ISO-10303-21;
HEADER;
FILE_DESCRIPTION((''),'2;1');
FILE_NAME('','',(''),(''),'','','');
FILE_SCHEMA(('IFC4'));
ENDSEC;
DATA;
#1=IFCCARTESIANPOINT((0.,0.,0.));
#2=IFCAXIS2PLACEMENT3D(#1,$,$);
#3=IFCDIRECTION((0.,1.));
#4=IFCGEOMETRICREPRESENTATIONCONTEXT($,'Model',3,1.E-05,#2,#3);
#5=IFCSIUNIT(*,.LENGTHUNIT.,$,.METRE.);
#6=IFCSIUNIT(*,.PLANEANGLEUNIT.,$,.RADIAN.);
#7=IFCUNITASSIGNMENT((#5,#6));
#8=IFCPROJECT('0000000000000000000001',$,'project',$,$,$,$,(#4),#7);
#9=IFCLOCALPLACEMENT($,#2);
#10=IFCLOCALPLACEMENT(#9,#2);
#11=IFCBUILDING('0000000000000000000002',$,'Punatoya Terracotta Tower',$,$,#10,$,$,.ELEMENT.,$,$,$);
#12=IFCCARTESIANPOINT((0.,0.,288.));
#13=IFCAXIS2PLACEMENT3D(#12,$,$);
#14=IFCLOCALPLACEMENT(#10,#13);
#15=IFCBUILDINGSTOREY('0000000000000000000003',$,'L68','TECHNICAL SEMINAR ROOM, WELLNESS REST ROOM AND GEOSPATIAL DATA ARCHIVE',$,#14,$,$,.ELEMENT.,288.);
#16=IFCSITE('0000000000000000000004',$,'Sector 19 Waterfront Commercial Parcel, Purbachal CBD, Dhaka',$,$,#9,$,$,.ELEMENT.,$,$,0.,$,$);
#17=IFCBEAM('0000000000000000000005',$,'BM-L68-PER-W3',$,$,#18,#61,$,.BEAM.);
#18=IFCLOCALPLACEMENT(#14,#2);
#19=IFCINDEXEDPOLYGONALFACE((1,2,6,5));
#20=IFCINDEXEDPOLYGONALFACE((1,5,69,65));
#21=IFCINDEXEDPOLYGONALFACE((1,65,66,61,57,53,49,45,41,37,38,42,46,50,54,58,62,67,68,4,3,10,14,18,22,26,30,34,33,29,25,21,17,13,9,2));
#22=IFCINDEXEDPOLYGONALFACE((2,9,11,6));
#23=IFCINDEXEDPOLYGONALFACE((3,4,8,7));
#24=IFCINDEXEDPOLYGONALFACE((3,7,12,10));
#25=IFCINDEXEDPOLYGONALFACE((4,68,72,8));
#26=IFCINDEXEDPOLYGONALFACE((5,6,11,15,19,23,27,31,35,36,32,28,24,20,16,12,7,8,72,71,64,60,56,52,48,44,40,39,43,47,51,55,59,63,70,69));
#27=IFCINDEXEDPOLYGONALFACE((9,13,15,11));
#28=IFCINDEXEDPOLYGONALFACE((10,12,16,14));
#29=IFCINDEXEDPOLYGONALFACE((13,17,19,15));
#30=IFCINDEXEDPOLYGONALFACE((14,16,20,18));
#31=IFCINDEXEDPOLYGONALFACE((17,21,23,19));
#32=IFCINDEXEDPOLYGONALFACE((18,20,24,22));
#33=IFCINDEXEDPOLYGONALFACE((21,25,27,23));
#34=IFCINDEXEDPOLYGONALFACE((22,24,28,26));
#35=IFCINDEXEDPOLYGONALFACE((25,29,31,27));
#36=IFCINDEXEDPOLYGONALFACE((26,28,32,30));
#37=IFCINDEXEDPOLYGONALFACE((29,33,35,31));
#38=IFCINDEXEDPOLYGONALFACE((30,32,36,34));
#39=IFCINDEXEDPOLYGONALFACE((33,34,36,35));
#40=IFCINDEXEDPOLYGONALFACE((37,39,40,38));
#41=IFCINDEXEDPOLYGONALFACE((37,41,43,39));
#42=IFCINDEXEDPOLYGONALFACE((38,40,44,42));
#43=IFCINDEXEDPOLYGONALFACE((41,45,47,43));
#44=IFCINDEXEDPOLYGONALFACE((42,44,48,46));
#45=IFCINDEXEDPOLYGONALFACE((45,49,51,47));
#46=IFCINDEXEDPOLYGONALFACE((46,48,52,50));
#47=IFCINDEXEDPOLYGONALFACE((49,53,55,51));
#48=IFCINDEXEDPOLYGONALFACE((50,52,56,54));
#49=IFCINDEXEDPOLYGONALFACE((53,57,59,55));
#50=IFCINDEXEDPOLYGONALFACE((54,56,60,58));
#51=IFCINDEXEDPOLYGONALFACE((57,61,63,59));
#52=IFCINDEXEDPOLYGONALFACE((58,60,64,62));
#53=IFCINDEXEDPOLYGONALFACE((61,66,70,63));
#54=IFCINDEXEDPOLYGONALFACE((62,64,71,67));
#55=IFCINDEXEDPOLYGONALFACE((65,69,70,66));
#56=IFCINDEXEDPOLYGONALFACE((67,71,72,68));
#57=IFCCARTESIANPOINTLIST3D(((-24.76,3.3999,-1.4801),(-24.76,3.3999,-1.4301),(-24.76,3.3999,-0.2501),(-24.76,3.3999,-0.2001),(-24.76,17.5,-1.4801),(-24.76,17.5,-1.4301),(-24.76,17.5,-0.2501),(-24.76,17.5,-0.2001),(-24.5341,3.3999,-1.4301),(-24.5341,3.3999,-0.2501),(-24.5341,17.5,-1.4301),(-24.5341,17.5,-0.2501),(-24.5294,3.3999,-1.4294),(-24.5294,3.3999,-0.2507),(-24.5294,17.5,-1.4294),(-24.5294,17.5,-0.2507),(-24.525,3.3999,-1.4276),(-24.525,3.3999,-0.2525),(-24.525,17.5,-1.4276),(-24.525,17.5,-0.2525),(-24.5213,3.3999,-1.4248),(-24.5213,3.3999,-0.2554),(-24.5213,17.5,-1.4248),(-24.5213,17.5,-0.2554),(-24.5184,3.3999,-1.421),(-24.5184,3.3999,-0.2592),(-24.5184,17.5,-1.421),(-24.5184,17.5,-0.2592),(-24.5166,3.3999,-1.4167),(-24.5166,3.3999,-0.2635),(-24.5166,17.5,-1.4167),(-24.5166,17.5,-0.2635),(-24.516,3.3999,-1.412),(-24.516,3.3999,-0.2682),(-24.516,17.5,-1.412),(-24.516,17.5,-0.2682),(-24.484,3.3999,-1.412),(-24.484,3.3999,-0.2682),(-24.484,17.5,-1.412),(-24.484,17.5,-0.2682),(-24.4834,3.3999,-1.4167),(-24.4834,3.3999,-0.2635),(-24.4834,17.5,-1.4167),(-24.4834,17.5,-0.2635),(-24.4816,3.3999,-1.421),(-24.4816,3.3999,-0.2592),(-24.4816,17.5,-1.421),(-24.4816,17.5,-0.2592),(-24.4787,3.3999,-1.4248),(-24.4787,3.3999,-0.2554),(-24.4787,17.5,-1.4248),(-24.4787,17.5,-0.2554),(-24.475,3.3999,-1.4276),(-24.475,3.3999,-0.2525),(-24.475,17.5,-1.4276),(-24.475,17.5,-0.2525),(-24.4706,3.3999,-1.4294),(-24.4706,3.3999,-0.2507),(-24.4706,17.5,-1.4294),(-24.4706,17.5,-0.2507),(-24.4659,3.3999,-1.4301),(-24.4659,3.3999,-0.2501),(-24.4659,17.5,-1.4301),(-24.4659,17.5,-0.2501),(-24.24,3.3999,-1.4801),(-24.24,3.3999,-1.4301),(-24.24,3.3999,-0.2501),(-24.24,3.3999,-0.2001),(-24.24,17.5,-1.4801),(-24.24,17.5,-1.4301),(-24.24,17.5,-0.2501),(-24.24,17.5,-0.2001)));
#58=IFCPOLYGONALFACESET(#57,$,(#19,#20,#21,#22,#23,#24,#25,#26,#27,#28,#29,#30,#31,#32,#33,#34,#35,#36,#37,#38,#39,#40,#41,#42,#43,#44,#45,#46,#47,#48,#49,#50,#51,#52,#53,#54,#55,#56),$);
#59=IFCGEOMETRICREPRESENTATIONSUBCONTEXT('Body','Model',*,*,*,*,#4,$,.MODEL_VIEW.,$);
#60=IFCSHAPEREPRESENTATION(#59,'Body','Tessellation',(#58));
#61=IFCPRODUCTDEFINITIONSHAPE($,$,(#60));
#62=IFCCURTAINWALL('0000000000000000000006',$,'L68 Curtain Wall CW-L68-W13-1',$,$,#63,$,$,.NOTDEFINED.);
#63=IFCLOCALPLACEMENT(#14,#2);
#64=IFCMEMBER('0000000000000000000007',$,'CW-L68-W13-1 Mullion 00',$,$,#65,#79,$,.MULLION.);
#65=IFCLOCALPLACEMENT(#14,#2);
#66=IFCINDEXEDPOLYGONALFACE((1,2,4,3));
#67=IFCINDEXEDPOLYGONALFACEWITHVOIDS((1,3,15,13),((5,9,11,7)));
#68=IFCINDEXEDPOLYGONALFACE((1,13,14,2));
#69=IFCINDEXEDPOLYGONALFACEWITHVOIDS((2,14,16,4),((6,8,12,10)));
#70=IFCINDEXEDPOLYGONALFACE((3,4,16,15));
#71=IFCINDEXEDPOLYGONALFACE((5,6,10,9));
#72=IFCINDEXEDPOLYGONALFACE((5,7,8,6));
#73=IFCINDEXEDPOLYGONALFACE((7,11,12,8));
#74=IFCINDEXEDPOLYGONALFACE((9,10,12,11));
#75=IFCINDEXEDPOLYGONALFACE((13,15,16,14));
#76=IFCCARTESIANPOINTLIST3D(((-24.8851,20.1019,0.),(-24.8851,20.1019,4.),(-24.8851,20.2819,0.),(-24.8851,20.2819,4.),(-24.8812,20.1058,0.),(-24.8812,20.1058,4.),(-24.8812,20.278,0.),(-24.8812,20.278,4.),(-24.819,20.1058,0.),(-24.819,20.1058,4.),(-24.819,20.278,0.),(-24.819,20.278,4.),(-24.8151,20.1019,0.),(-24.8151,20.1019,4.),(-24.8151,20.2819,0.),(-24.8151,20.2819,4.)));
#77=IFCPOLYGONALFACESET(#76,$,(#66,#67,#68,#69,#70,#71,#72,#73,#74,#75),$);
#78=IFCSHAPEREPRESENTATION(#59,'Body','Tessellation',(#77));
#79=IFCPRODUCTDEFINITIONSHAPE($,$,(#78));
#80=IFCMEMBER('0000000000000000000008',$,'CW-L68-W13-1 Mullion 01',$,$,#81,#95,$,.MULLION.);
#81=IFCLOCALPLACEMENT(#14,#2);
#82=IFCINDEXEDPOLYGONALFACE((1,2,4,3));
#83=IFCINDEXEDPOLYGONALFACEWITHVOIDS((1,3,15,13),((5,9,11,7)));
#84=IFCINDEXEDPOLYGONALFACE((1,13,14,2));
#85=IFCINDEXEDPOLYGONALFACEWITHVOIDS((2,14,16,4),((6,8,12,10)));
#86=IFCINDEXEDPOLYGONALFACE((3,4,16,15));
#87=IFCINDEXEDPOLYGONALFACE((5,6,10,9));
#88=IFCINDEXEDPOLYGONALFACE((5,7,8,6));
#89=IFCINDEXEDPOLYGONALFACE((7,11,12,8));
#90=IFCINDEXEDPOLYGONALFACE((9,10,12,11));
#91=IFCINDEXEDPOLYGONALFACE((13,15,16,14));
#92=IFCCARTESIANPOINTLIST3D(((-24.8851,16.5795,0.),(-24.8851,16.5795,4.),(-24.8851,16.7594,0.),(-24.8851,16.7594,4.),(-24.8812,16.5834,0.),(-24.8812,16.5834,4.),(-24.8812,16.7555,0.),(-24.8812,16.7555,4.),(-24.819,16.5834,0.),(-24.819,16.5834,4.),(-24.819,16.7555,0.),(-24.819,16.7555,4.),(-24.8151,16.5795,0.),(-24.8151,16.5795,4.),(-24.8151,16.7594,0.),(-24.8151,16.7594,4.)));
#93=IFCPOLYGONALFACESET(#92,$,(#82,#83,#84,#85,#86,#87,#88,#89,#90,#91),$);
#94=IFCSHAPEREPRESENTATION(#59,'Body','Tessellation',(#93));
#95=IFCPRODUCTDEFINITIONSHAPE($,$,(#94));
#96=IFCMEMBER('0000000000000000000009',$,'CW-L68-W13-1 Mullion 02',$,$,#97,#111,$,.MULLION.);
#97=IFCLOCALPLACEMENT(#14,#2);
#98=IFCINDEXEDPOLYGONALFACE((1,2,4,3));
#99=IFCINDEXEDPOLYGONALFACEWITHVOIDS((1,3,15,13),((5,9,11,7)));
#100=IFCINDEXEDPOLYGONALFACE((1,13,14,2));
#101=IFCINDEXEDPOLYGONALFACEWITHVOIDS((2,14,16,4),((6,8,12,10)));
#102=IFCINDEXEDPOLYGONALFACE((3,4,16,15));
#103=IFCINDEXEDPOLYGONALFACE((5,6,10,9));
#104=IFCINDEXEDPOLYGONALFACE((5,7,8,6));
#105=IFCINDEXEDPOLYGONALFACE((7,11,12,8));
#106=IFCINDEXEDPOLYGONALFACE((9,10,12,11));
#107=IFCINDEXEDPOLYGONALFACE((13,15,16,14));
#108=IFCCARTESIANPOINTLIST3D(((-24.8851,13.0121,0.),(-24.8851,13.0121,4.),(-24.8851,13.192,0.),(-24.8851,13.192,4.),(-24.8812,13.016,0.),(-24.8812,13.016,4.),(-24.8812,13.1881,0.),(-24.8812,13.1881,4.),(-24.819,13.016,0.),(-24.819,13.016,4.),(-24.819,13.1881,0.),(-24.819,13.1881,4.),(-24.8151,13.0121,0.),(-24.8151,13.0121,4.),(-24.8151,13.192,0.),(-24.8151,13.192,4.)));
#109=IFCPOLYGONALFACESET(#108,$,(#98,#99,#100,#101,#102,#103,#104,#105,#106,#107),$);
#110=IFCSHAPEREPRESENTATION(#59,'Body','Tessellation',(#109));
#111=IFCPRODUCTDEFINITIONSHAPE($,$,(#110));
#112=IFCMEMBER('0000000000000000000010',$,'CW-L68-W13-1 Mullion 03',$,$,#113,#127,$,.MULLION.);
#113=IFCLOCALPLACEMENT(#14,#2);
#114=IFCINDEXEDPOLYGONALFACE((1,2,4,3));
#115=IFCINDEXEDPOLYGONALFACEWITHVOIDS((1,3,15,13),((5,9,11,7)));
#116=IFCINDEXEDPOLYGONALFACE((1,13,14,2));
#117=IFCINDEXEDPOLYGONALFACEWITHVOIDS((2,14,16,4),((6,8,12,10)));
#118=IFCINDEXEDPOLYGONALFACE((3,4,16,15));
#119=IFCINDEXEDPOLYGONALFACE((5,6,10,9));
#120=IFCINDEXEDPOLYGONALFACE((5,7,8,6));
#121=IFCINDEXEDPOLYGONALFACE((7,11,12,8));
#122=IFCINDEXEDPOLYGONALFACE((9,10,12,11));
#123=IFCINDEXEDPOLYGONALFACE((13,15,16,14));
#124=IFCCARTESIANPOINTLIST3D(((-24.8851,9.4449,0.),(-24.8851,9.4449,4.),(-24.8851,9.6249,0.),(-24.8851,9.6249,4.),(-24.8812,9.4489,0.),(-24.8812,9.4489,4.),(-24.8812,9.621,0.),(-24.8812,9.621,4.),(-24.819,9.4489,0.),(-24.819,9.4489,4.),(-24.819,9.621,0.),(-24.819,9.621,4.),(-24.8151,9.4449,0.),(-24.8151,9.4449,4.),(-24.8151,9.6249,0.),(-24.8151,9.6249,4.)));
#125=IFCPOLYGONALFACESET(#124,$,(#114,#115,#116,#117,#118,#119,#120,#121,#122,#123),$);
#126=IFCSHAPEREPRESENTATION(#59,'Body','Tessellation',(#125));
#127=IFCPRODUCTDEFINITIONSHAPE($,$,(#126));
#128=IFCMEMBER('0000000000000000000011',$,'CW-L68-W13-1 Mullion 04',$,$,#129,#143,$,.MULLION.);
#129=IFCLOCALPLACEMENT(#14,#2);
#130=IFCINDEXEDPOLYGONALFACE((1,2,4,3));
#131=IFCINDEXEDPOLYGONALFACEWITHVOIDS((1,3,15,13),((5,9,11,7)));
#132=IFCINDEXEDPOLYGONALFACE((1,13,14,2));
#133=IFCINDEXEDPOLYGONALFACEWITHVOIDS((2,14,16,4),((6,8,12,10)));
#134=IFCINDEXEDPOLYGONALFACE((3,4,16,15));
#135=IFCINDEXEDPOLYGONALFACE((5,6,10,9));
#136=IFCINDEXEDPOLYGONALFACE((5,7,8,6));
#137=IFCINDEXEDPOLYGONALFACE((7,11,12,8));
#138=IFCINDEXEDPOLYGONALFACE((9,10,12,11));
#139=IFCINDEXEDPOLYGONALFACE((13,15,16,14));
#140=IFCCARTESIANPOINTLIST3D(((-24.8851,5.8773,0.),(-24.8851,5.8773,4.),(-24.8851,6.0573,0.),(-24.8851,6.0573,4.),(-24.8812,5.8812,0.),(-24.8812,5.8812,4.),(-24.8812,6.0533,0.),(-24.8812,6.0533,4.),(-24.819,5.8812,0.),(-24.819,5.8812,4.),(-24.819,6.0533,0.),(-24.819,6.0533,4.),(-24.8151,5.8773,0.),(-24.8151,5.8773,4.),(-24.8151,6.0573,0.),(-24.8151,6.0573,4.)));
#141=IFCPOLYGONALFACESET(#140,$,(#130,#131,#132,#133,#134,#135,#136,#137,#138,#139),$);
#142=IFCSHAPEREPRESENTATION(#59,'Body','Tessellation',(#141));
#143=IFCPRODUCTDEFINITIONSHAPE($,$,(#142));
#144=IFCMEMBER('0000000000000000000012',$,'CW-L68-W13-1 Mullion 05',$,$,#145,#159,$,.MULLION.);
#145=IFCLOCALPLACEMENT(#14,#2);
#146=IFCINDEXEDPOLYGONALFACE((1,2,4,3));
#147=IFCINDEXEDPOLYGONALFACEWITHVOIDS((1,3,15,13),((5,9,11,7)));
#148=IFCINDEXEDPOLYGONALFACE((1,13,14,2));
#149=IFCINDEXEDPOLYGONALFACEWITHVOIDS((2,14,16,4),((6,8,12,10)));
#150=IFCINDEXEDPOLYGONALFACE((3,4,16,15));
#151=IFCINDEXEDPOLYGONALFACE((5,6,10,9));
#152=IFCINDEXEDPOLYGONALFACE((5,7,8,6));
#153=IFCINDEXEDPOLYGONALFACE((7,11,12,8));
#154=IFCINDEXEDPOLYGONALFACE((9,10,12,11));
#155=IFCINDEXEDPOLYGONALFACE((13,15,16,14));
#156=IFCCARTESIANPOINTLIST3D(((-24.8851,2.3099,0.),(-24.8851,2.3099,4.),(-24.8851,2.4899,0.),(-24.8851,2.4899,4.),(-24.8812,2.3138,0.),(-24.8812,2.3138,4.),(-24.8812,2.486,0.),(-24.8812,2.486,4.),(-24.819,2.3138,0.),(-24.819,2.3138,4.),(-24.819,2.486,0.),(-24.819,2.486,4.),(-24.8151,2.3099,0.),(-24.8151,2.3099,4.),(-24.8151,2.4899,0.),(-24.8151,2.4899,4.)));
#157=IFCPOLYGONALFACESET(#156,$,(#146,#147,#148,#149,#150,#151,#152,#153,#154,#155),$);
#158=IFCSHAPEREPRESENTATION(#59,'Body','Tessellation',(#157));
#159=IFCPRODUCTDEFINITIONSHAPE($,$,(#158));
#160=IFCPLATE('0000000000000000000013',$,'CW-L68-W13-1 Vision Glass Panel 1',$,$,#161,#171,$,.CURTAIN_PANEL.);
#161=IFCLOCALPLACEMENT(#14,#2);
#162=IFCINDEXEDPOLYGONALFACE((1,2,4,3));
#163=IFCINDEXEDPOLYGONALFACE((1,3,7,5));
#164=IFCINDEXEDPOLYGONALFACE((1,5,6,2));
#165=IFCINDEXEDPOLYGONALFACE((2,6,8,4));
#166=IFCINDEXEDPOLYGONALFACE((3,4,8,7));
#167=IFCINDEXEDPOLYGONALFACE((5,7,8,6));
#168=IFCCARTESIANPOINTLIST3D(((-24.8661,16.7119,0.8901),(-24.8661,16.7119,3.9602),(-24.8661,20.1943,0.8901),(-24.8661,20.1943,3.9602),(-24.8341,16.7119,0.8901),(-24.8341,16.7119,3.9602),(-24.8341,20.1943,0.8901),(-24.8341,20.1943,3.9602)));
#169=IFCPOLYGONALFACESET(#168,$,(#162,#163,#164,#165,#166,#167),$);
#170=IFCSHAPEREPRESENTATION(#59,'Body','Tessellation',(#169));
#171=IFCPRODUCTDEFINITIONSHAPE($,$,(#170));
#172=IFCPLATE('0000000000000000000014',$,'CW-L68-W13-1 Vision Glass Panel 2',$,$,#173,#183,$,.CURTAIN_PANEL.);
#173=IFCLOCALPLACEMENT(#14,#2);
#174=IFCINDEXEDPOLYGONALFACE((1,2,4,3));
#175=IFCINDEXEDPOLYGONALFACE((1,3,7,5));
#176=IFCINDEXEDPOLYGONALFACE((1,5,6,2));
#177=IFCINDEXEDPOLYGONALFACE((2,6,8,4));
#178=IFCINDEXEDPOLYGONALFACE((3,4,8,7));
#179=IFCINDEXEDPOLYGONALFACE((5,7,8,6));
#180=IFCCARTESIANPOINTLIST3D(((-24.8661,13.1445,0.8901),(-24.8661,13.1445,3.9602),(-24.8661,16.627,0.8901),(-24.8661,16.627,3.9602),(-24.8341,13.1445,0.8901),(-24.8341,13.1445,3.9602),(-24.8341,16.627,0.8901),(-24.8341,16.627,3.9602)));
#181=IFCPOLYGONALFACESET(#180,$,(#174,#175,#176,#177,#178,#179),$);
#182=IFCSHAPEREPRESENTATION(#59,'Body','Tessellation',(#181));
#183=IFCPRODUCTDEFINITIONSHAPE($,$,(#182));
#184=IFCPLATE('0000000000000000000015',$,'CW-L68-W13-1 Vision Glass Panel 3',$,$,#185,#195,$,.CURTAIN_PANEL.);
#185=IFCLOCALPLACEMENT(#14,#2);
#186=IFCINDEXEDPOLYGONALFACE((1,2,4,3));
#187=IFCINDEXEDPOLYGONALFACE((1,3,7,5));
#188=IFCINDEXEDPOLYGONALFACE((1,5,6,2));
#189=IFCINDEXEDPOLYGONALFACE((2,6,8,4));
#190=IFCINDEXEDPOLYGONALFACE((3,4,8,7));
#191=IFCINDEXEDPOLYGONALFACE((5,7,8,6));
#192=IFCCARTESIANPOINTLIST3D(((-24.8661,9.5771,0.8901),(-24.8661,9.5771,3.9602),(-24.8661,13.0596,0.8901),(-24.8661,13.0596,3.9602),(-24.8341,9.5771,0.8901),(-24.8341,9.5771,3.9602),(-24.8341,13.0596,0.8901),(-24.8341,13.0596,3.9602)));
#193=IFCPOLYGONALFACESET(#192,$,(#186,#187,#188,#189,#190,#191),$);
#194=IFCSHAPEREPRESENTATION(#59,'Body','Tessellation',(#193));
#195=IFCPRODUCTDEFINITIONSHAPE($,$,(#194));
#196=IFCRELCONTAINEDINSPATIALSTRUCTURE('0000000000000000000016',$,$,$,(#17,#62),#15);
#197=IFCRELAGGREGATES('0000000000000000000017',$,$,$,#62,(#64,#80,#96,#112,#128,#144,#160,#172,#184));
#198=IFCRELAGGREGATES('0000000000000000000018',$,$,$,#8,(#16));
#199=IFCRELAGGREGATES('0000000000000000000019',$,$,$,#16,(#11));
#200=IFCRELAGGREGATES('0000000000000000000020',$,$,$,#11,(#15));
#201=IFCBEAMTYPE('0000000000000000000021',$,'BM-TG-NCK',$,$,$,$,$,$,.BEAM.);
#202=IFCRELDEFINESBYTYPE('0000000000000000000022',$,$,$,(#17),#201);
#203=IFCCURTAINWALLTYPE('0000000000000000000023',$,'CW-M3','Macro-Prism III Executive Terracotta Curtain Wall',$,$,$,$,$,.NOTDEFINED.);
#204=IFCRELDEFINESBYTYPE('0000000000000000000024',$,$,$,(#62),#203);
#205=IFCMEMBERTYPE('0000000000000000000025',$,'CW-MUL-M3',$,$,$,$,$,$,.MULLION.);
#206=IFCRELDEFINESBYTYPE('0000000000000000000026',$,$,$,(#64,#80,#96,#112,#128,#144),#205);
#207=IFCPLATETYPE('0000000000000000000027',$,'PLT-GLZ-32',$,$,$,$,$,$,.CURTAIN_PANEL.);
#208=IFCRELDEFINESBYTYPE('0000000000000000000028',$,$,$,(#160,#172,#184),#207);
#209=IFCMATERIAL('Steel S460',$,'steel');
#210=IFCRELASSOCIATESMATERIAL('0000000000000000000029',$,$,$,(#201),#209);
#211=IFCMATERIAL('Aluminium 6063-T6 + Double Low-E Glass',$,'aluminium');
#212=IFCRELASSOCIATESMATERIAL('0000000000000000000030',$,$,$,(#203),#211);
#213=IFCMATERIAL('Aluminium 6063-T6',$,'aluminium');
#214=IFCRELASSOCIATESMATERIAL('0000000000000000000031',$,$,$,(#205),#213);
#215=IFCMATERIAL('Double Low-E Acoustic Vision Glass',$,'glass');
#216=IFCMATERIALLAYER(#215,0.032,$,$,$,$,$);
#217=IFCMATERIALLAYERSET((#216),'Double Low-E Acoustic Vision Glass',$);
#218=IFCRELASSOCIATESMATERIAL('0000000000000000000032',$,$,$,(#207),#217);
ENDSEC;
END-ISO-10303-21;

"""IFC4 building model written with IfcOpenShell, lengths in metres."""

from ifc_helpers import new_model, si_unit, direction, frame, origin, origin_2d, place, context, subcontext, project, spatial, rectangle, hollow_rectangle, i_section, extrude, material, layer, layer_set, material_profile, profile_set, type_object, element, aggregate, save


model = new_model("IFC4")

# Units and contexts
model_context = context("Model", 3, precision=1e-05, world=origin(), true_north=direction((0.0, 1.0)))
body_context = subcontext(model_context, "Body", "Model", "MODEL_VIEW")
ifc_project = project(units=[si_unit("LENGTHUNIT", "METRE"), si_unit("PLANEANGLEUNIT", "RADIAN")], contexts=[model_context])

# Site, building, storey
site_placement = place(None, origin())
site = spatial("IfcSite", under=ifc_project, at=site_placement, Name="Sector 19 Waterfront Commercial Parcel, Purbachal CBD, Dhaka", CompositionType="ELEMENT", RefElevation=0.0)
building_placement = place(site_placement, origin())
building = spatial("IfcBuilding", under=site, at=building_placement, Name="Punatoya Terracotta Tower", CompositionType="ELEMENT")
storey_placement = place(building_placement, frame((0.0, 0.0, 288.0)))
storey = spatial("IfcBuildingStorey", under=building, at=storey_placement, Name="L68", Description="TECHNICAL SEMINAR ROOM, WELLNESS REST ROOM AND GEOSPATIAL DATA ARCHIVE", CompositionType="ELEMENT", Elevation=288.0)

# Shared definitions
ifc_material_1 = material(Name="Steel S460", Category="steel")

# Beam
ifc_material_profile_1 = material_profile(ifc_material_1, i_section(OverallWidth=0.52, OverallDepth=1.28, WebThickness=0.032, FlangeThickness=0.05, FilletRadius=0.0181, at=origin_2d()))
ifc_profile_set_1 = profile_set([ifc_material_profile_1], Name="Steel S460")
beam_type_1 = type_object("IfcBeamType", Name="BM-TG-NCK", PredefinedType="BEAM", material=ifc_profile_set_1)
beam_1_placement = place(storey_placement, frame((-24.5, 3.3999, -0.8401), z_axis=(0.0, 1.0, 0.0), x_axis=(-1.0, 0.0, 0.0)))
element("IfcBeam", 1, at=beam_1_placement, inside=storey, type_object=beam_type_1, Name="BM-L68-PER-W3", PredefinedType="BEAM", context=body_context, shape_type="SweptSolid", body=[
    extrude(i_section(OverallWidth=0.52, OverallDepth=1.28, WebThickness=0.032, FlangeThickness=0.05, FilletRadius=0.0181, at=origin_2d()), origin(), (0.0, 0.0, 1.0), 14.1001),
])

# Curtain wall, members, plates
ifc_material_2 = material(Name="Aluminium 6063-T6 + Double Low-E Glass", Category="aluminium")
curtain_wall_type = type_object("IfcCurtainWallType", Name="CW-M3", Description="Macro-Prism III Executive Terracotta Curtain Wall", PredefinedType="NOTDEFINED", material=ifc_material_2)
curtain_wall_placement = place(storey_placement, origin())
curtain_wall = element("IfcCurtainWall", 2, at=curtain_wall_placement, inside=storey, type_object=curtain_wall_type, Name="L68 Curtain Wall CW-L68-W13-1", PredefinedType="NOTDEFINED")
ifc_material_3 = material(Name="Aluminium 6063-T6", Category="aluminium")
ifc_material_profile_2 = material_profile(ifc_material_3, hollow_rectangle(XDim=0.0701, YDim=0.1799, WallThickness=0.0039, at=origin_2d()))
ifc_profile_set_2 = profile_set([ifc_material_profile_2], Name="Aluminium 6063-T6")
member_type = type_object("IfcMemberType", Name="CW-MUL-M3", PredefinedType="MULLION", material=ifc_profile_set_2)
member_1_placement = place(storey_placement, frame((-24.8501, 20.1919, 0.0), z_axis=(0.0, 0.0, 1.0), x_axis=(1.0, 0.0, 0.0)))
member_1 = element("IfcMember", 3, at=member_1_placement, type_object=member_type, Name="CW-L68-W13-1 Mullion 00", PredefinedType="MULLION", context=body_context, shape_type="SweptSolid", body=[
    extrude(hollow_rectangle(XDim=0.0701, YDim=0.1799, WallThickness=0.0039, at=origin_2d()), origin(), (0.0, 0.0, 1.0), 4.0),
])
member_2_placement = place(storey_placement, frame((-24.8501, 16.6694, 0.0), z_axis=(0.0, 0.0, 1.0), x_axis=(1.0, 0.0, 0.0)))
member_2 = element("IfcMember", 4, at=member_2_placement, type_object=member_type, Name="CW-L68-W13-1 Mullion 01", PredefinedType="MULLION", context=body_context, shape_type="SweptSolid", body=[
    extrude(hollow_rectangle(XDim=0.0701, YDim=0.1799, WallThickness=0.0039, at=origin_2d()), origin(), (0.0, 0.0, 1.0), 4.0),
])
member_3_placement = place(storey_placement, frame((-24.8501, 13.1021, 0.0), z_axis=(0.0, 0.0, 1.0), x_axis=(1.0, 0.0, 0.0)))
member_3 = element("IfcMember", 5, at=member_3_placement, type_object=member_type, Name="CW-L68-W13-1 Mullion 02", PredefinedType="MULLION", context=body_context, shape_type="SweptSolid", body=[
    extrude(hollow_rectangle(XDim=0.0701, YDim=0.1799, WallThickness=0.0039, at=origin_2d()), origin(), (0.0, 0.0, 1.0), 4.0),
])
member_4_placement = place(storey_placement, frame((-24.8501, 9.5349, 0.0), z_axis=(0.0, 0.0, 1.0), x_axis=(1.0, 0.0, 0.0)))
member_4 = element("IfcMember", 6, at=member_4_placement, type_object=member_type, Name="CW-L68-W13-1 Mullion 03", PredefinedType="MULLION", context=body_context, shape_type="SweptSolid", body=[
    extrude(hollow_rectangle(XDim=0.0701, YDim=0.1799, WallThickness=0.0039, at=origin_2d()), origin(), (0.0, 0.0, 1.0), 4.0),
])
member_5_placement = place(storey_placement, frame((-24.8501, 5.9673, 0.0), z_axis=(0.0, 0.0, 1.0), x_axis=(1.0, 0.0, 0.0)))
member_5 = element("IfcMember", 7, at=member_5_placement, type_object=member_type, Name="CW-L68-W13-1 Mullion 04", PredefinedType="MULLION", context=body_context, shape_type="SweptSolid", body=[
    extrude(hollow_rectangle(XDim=0.0701, YDim=0.1799, WallThickness=0.0039, at=origin_2d()), origin(), (0.0, 0.0, 1.0), 4.0),
])
member_6_placement = place(storey_placement, frame((-24.8501, 2.3999, 0.0), z_axis=(0.0, 0.0, 1.0), x_axis=(1.0, 0.0, 0.0)))
member_6 = element("IfcMember", 8, at=member_6_placement, type_object=member_type, Name="CW-L68-W13-1 Mullion 05", PredefinedType="MULLION", context=body_context, shape_type="SweptSolid", body=[
    extrude(hollow_rectangle(XDim=0.0701, YDim=0.1799, WallThickness=0.0039, at=origin_2d()), origin(), (0.0, 0.0, 1.0), 4.0),
])
ifc_material_4 = material(Name="Double Low-E Acoustic Vision Glass", Category="glass")
ifc_layer_1 = layer(ifc_material_4, 0.032)
ifc_layer_set_1 = layer_set([ifc_layer_1], Name="Double Low-E Acoustic Vision Glass")
plate_type_1 = type_object("IfcPlateType", Name="PLT-GLZ-32", PredefinedType="CURTAIN_PANEL", material=ifc_layer_set_1)
plate_1_placement = place(storey_placement, frame((-24.8501, 18.4531, 0.8901), z_axis=(0.0, 0.0, 1.0), x_axis=(0.0, -1.0, 0.0)))
plate_1 = element("IfcPlate", 9, at=plate_1_placement, type_object=plate_type_1, Name="CW-L68-W13-1 Vision Glass Panel 1", PredefinedType="CURTAIN_PANEL", context=body_context, shape_type="SweptSolid", body=[
    extrude(rectangle(XDim=3.4824, YDim=0.032, at=origin_2d()), origin(), (0.0, 0.0, 1.0), 3.0701),
])
plate_2_placement = place(storey_placement, frame((-24.8501, 14.8857, 0.8901), z_axis=(0.0, 0.0, 1.0), x_axis=(0.0, -1.0, 0.0)))
plate_2 = element("IfcPlate", 10, at=plate_2_placement, type_object=plate_type_1, Name="CW-L68-W13-1 Vision Glass Panel 2", PredefinedType="CURTAIN_PANEL", context=body_context, shape_type="SweptSolid", body=[
    extrude(rectangle(XDim=3.4824, YDim=0.032, at=origin_2d()), origin(), (0.0, 0.0, 1.0), 3.0701),
])
plate_3_placement = place(storey_placement, frame((-24.8501, 11.3184, 0.8901), z_axis=(0.0, 0.0, 1.0), x_axis=(0.0, -1.0, 0.0)))
plate_3 = element("IfcPlate", 11, at=plate_3_placement, type_object=plate_type_1, Name="CW-L68-W13-1 Vision Glass Panel 3", PredefinedType="CURTAIN_PANEL", context=body_context, shape_type="SweptSolid", body=[
    extrude(rectangle(XDim=3.4824, YDim=0.032, at=origin_2d()), origin(), (0.0, 0.0, 1.0), 3.0701),
])
aggregate(curtain_wall, [member_1, member_2, member_3, member_4, member_5, member_6, plate_1, plate_2, plate_3])

save(model, "model.ifc")
